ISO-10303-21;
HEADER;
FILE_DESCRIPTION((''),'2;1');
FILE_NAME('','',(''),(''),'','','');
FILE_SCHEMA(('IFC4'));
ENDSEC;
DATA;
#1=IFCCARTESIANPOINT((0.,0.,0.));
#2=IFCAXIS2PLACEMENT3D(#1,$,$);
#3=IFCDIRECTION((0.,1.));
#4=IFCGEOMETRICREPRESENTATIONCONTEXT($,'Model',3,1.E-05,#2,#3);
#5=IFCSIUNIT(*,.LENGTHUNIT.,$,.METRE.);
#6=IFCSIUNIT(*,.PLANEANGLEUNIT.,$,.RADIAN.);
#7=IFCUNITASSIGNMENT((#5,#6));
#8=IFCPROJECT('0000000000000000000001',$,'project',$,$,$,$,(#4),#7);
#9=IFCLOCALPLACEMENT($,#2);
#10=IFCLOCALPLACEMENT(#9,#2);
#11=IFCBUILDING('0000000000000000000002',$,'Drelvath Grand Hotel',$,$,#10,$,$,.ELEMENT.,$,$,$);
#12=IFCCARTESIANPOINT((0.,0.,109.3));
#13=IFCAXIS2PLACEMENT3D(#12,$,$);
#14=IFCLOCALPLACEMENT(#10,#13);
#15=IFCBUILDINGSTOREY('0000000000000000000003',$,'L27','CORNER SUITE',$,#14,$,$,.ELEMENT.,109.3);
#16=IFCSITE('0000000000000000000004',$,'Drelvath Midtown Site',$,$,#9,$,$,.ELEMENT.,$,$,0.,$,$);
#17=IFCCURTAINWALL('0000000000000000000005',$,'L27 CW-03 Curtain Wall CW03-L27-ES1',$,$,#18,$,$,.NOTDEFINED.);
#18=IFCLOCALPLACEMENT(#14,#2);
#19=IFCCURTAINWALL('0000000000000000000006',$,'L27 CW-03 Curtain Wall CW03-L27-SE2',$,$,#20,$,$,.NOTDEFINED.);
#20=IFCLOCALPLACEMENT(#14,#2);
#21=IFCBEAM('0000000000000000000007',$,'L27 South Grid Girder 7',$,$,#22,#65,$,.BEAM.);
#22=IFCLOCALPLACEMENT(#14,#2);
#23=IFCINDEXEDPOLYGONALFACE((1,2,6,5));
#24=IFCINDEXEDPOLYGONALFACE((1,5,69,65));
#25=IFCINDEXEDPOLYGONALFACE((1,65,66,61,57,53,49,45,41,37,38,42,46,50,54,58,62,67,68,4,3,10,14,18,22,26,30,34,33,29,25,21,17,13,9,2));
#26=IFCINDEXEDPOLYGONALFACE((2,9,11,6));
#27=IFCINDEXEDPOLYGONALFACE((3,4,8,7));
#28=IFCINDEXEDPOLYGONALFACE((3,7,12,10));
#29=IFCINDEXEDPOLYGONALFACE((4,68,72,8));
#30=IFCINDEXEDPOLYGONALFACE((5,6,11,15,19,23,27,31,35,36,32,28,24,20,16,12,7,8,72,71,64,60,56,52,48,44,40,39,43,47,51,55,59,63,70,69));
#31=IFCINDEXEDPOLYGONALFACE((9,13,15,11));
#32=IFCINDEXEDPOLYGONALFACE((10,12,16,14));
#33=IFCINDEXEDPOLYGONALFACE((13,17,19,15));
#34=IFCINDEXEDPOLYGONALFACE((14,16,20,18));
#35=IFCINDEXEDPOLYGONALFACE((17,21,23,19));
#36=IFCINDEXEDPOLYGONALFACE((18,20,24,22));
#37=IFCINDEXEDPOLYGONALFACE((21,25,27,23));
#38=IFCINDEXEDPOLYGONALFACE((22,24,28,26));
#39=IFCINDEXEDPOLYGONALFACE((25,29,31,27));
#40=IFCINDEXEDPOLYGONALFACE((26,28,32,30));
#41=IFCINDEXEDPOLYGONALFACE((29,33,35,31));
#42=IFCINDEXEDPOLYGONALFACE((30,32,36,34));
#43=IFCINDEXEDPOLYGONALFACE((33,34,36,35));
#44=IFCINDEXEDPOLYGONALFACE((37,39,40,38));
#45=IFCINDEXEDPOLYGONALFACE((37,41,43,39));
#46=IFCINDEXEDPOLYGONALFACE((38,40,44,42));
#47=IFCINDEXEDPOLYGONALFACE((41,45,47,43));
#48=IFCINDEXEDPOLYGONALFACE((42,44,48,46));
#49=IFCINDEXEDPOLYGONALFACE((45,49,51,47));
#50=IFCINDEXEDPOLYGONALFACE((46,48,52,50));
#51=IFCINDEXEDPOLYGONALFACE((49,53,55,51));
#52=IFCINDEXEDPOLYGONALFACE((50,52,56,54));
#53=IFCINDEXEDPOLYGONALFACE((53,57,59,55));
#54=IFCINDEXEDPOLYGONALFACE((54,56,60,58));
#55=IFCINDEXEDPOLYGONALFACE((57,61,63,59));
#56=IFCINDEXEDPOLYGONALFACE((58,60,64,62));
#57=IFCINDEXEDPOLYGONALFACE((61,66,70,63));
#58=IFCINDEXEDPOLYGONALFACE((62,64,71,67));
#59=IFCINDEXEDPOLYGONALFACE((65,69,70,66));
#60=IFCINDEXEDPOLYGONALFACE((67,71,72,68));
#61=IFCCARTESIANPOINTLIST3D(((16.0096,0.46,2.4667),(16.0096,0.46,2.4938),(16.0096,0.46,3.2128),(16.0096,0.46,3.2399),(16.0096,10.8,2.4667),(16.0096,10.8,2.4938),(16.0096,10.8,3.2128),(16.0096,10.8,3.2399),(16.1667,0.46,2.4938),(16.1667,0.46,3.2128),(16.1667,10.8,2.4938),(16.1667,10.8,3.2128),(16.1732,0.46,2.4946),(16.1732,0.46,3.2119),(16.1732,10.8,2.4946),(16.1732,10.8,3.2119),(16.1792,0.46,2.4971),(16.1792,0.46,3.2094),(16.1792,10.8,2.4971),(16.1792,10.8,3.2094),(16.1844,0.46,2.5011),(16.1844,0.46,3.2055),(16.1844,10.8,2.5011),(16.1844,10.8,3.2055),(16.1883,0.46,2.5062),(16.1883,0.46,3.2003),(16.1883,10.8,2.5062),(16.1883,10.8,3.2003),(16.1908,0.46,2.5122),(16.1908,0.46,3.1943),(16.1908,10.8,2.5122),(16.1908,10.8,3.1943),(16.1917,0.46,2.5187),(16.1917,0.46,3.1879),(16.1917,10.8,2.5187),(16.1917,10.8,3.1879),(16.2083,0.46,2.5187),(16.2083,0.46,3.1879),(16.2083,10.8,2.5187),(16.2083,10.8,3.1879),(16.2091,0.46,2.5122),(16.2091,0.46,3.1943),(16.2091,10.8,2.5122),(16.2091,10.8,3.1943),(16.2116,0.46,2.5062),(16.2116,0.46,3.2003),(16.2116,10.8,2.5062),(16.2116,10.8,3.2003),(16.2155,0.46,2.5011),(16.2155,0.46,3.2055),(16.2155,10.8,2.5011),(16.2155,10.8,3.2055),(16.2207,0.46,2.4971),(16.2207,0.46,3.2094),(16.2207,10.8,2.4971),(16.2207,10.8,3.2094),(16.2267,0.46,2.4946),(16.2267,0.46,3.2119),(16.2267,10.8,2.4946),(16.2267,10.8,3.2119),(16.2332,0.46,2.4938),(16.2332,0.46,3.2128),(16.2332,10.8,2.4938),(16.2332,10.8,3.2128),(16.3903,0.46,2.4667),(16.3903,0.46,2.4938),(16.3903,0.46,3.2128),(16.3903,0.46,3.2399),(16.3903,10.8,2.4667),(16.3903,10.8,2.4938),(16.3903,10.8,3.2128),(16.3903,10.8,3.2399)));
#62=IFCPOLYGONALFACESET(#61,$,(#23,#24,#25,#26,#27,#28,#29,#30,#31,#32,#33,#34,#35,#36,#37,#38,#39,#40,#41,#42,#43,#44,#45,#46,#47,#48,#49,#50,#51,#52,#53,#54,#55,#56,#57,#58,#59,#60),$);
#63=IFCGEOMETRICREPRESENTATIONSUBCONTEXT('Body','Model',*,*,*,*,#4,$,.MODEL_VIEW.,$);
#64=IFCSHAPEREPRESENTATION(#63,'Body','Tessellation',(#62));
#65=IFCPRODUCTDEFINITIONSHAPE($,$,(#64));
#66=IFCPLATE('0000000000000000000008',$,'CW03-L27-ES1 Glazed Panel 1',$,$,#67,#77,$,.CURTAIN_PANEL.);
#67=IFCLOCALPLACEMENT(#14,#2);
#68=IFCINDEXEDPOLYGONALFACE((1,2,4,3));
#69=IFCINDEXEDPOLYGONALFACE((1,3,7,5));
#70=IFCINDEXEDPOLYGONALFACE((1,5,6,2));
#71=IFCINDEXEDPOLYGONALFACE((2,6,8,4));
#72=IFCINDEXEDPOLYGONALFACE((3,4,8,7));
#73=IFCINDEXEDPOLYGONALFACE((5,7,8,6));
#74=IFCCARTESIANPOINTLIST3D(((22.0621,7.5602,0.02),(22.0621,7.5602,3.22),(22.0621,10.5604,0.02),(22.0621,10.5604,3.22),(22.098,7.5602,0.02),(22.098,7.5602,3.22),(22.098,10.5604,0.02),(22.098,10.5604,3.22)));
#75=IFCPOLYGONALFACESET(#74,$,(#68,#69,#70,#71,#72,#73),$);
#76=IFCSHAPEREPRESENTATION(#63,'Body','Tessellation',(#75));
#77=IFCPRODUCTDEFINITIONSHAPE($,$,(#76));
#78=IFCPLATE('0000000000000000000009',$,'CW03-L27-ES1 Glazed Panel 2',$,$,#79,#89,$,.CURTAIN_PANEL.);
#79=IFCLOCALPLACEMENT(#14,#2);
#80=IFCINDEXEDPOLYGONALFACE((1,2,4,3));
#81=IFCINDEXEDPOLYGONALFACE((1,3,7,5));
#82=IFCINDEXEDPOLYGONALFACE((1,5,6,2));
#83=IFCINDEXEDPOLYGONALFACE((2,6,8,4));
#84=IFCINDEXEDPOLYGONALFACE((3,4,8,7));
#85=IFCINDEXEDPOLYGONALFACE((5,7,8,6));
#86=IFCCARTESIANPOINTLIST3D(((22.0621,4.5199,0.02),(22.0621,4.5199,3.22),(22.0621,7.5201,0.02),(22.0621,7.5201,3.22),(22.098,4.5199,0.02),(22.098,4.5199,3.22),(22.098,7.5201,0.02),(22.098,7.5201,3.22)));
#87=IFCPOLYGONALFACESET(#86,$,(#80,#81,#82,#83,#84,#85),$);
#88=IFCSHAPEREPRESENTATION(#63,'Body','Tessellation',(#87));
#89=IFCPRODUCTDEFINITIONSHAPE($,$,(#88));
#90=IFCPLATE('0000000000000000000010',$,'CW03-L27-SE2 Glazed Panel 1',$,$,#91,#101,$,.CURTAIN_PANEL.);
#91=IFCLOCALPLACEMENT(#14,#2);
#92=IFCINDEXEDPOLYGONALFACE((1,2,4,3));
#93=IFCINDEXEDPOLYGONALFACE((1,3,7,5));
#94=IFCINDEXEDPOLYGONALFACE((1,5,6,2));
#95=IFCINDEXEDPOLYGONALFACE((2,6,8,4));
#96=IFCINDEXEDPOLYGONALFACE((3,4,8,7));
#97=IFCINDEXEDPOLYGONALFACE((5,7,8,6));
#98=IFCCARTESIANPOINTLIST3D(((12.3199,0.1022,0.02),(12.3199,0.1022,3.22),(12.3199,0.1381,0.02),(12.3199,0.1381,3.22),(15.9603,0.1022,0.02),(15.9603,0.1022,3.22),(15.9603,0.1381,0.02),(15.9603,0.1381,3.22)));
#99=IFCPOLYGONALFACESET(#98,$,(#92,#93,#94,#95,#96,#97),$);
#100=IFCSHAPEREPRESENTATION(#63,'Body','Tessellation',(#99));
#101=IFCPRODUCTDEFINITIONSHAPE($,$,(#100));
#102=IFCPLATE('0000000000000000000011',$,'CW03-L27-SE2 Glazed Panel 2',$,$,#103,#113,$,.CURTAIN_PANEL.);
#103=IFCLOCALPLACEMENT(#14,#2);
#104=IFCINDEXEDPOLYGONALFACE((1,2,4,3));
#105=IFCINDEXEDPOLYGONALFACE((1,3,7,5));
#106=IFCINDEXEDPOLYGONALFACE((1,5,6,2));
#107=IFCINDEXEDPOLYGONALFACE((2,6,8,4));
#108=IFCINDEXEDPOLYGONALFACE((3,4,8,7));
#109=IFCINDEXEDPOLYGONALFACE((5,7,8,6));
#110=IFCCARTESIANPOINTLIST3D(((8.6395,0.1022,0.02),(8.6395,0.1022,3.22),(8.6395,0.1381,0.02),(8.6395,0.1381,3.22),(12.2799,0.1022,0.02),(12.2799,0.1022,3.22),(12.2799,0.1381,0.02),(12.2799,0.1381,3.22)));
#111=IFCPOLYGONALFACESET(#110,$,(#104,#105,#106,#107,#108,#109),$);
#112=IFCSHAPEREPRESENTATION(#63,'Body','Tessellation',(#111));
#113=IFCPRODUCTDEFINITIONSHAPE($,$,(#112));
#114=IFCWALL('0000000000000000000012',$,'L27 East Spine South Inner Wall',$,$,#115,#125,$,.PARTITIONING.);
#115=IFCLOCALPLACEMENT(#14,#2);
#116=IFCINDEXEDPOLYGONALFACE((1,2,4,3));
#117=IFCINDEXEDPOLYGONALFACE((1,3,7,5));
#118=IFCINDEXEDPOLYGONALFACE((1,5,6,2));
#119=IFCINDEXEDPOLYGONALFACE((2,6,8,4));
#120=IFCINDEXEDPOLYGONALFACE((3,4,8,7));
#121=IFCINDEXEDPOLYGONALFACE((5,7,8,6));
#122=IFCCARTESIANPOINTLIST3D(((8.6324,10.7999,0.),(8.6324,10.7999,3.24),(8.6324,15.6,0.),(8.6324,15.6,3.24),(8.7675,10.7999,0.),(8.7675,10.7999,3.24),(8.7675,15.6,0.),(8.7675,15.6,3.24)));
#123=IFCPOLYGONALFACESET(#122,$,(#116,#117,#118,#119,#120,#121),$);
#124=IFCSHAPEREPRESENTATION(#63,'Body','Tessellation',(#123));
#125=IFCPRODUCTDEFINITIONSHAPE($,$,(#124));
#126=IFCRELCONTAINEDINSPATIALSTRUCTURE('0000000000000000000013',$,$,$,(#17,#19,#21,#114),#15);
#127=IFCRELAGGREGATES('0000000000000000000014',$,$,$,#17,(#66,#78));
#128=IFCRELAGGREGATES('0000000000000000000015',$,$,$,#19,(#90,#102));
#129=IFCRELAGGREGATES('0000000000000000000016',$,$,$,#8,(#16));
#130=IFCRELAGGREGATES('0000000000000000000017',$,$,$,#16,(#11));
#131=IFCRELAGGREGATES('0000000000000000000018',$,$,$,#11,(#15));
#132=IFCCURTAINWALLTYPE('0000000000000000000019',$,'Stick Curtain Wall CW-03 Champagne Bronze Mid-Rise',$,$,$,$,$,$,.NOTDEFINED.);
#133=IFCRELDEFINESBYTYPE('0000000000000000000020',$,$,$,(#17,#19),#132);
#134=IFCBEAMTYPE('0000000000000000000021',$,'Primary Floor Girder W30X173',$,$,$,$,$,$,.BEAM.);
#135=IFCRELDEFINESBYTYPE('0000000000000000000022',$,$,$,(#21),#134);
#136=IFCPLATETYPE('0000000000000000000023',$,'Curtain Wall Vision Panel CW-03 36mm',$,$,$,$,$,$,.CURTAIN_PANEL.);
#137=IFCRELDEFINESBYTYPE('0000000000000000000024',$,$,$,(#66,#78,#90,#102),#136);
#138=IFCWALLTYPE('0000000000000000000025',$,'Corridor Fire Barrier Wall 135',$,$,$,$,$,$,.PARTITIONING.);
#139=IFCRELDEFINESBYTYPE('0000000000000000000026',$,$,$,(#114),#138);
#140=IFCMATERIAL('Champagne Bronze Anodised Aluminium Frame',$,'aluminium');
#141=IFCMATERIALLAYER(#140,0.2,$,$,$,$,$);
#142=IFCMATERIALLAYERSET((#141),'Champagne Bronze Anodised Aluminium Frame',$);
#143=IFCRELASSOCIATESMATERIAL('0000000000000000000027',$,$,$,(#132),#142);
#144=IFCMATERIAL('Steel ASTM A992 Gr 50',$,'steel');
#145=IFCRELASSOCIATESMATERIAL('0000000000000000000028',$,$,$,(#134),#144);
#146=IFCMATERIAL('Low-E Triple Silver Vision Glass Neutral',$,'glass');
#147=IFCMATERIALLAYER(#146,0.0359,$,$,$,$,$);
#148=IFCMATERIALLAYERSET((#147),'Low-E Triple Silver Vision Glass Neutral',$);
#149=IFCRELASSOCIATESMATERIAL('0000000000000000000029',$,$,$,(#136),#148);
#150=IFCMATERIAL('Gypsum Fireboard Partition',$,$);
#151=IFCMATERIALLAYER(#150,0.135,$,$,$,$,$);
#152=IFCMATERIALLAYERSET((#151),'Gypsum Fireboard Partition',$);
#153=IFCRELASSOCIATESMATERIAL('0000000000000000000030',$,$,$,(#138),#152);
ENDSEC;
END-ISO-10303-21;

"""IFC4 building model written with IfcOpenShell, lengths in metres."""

from ifc_helpers import new_model, si_unit, direction, frame, frame_2d, origin, origin_2d, place, context, subcontext, project, spatial, rectangle, i_section, extrude, material, layer, layer_set, material_profile, profile_set, type_object, element, aggregate, save


model = new_model("IFC4")

# Units and contexts
model_context = context("Model", 3, precision=1e-05, world=origin(), true_north=direction((0.0, 1.0)))
body_context = subcontext(model_context, "Body", "Model", "MODEL_VIEW")
ifc_project = project(units=[si_unit("LENGTHUNIT", "METRE"), si_unit("PLANEANGLEUNIT", "RADIAN")], contexts=[model_context])

# Site, building, storey
site_placement = place(None, origin())
site = spatial("IfcSite", under=ifc_project, at=site_placement, Name="Drelvath Midtown Site", CompositionType="ELEMENT", RefElevation=0.0)
building_placement = place(site_placement, origin())
building = spatial("IfcBuilding", under=site, at=building_placement, Name="Drelvath Grand Hotel", CompositionType="ELEMENT")
storey_placement = place(building_placement, frame((0.0, 0.0, 109.3)))
storey = spatial("IfcBuildingStorey", under=building, at=storey_placement, Name="L27", Description="CORNER SUITE", CompositionType="ELEMENT", Elevation=109.3)

# Curtain walls
ifc_material_1 = material(Name="Champagne Bronze Anodised Aluminium Frame", Category="aluminium")
ifc_layer_1 = layer(ifc_material_1, 0.2)
ifc_layer_set_1 = layer_set([ifc_layer_1], Name="Champagne Bronze Anodised Aluminium Frame")
curtain_wall_type = type_object("IfcCurtainWallType", Name="Stick Curtain Wall CW-03 Champagne Bronze Mid-Rise", PredefinedType="NOTDEFINED", material=ifc_layer_set_1)
curtain_wall_1_placement = place(storey_placement, origin())
curtain_wall_1 = element("IfcCurtainWall", 1, at=curtain_wall_1_placement, inside=storey, type_object=curtain_wall_type, Name="L27 CW-03 Curtain Wall CW03-L27-ES1", PredefinedType="NOTDEFINED")
curtain_wall_2_placement = place(storey_placement, origin())
curtain_wall_2 = element("IfcCurtainWall", 2, at=curtain_wall_2_placement, inside=storey, type_object=curtain_wall_type, Name="L27 CW-03 Curtain Wall CW03-L27-SE2", PredefinedType="NOTDEFINED")

# Beam
ifc_material_2 = material(Name="Steel ASTM A992 Gr 50", Category="steel")
ifc_material_profile_1 = material_profile(ifc_material_2, i_section(OverallWidth=0.3806, OverallDepth=0.7732, WebThickness=0.0166, FlangeThickness=0.0271, FilletRadius=0.0249, at=origin_2d()), Name="W30X173")
ifc_profile_set_1 = profile_set([ifc_material_profile_1], Name="Steel ASTM A992 Gr 50")
beam_type = type_object("IfcBeamType", Name="Primary Floor Girder W30X173", PredefinedType="BEAM", material=ifc_profile_set_1)
beam_placement = place(storey_placement, frame((16.2, 0.46, 2.8533), z_axis=(0.0, 1.0, 0.0), x_axis=(-1.0, 0.0, 0.0)))
element("IfcBeam", 3, at=beam_placement, inside=storey, type_object=beam_type, Name="L27 South Grid Girder 7", PredefinedType="BEAM", context=body_context, shape_type="SweptSolid", body=[
    extrude(i_section(OverallWidth=0.3806, OverallDepth=0.7732, WebThickness=0.0166, FlangeThickness=0.0271, FilletRadius=0.0249, at=origin_2d()), origin(), (0.0, 0.0, 1.0), 10.3401),
])

# Plates
ifc_material_3 = material(Name="Low-E Triple Silver Vision Glass Neutral", Category="glass")
ifc_layer_2 = layer(ifc_material_3, 0.0359)
ifc_layer_set_2 = layer_set([ifc_layer_2], Name="Low-E Triple Silver Vision Glass Neutral")
plate_type = type_object("IfcPlateType", Name="Curtain Wall Vision Panel CW-03 36mm", PredefinedType="CURTAIN_PANEL", material=ifc_layer_set_2)
plate_1_placement = place(storey_placement, frame((22.0801, 9.0603, 0.02), z_axis=(0.0, 0.0, 1.0), x_axis=(0.0, -1.0, 0.0)))
plate_1 = element("IfcPlate", 4, at=plate_1_placement, type_object=plate_type, Name="CW03-L27-ES1 Glazed Panel 1", PredefinedType="CURTAIN_PANEL", context=body_context, shape_type="SweptSolid", body=[
    extrude(rectangle(XDim=3.0002, YDim=0.0359, at=origin_2d()), origin(), (0.0, 0.0, 1.0), 3.2),
])
plate_2_placement = place(storey_placement, frame((22.0801, 6.02, 0.02), z_axis=(0.0, 0.0, 1.0), x_axis=(0.0, -1.0, 0.0)))
plate_2 = element("IfcPlate", 5, at=plate_2_placement, type_object=plate_type, Name="CW03-L27-ES1 Glazed Panel 2", PredefinedType="CURTAIN_PANEL", context=body_context, shape_type="SweptSolid", body=[
    extrude(rectangle(XDim=3.0002, YDim=0.0359, at=origin_2d()), origin(), (0.0, 0.0, 1.0), 3.2),
])
aggregate(curtain_wall_1, [plate_1, plate_2])
plate_3_placement = place(storey_placement, frame((14.1401, 0.1201, 0.02), z_axis=(0.0, 0.0, 1.0), x_axis=(-1.0, 0.0, 0.0)))
plate_3 = element("IfcPlate", 6, at=plate_3_placement, type_object=plate_type, Name="CW03-L27-SE2 Glazed Panel 1", PredefinedType="CURTAIN_PANEL", context=body_context, shape_type="SweptSolid", body=[
    extrude(rectangle(XDim=3.6404, YDim=0.0359, at=origin_2d()), origin(), (0.0, 0.0, 1.0), 3.2),
])
plate_4_placement = place(storey_placement, frame((10.4597, 0.1201, 0.02), z_axis=(0.0, 0.0, 1.0), x_axis=(-1.0, 0.0, 0.0)))
plate_4 = element("IfcPlate", 7, at=plate_4_placement, type_object=plate_type, Name="CW03-L27-SE2 Glazed Panel 2", PredefinedType="CURTAIN_PANEL", context=body_context, shape_type="SweptSolid", body=[
    extrude(rectangle(XDim=3.6404, YDim=0.0359, at=origin_2d()), origin(), (0.0, 0.0, 1.0), 3.2),
])
aggregate(curtain_wall_2, [plate_3, plate_4])

# Wall
ifc_material_4 = material(Name="Gypsum Fireboard Partition")
ifc_layer_3 = layer(ifc_material_4, 0.135)
ifc_layer_set_3 = layer_set([ifc_layer_3], Name="Gypsum Fireboard Partition")
wall_type_1 = type_object("IfcWallType", Name="Corridor Fire Barrier Wall 135", PredefinedType="PARTITIONING", material=ifc_layer_set_3)
wall_1_placement = place(storey_placement, frame((8.7, 10.8, 0.0), z_axis=(0.0, 0.0, 1.0), x_axis=(0.0, 1.0, 0.0)))
element("IfcWall", 8, at=wall_1_placement, inside=storey, type_object=wall_type_1, Name="L27 East Spine South Inner Wall", PredefinedType="PARTITIONING", context=body_context, shape_type="SweptSolid", body=[
    extrude(rectangle(XDim=4.8, YDim=0.135, at=frame_2d((2.3999, 0.0))), origin(), (0.0, 0.0, 1.0), 3.24),
])

save(model, "model.ifc")
